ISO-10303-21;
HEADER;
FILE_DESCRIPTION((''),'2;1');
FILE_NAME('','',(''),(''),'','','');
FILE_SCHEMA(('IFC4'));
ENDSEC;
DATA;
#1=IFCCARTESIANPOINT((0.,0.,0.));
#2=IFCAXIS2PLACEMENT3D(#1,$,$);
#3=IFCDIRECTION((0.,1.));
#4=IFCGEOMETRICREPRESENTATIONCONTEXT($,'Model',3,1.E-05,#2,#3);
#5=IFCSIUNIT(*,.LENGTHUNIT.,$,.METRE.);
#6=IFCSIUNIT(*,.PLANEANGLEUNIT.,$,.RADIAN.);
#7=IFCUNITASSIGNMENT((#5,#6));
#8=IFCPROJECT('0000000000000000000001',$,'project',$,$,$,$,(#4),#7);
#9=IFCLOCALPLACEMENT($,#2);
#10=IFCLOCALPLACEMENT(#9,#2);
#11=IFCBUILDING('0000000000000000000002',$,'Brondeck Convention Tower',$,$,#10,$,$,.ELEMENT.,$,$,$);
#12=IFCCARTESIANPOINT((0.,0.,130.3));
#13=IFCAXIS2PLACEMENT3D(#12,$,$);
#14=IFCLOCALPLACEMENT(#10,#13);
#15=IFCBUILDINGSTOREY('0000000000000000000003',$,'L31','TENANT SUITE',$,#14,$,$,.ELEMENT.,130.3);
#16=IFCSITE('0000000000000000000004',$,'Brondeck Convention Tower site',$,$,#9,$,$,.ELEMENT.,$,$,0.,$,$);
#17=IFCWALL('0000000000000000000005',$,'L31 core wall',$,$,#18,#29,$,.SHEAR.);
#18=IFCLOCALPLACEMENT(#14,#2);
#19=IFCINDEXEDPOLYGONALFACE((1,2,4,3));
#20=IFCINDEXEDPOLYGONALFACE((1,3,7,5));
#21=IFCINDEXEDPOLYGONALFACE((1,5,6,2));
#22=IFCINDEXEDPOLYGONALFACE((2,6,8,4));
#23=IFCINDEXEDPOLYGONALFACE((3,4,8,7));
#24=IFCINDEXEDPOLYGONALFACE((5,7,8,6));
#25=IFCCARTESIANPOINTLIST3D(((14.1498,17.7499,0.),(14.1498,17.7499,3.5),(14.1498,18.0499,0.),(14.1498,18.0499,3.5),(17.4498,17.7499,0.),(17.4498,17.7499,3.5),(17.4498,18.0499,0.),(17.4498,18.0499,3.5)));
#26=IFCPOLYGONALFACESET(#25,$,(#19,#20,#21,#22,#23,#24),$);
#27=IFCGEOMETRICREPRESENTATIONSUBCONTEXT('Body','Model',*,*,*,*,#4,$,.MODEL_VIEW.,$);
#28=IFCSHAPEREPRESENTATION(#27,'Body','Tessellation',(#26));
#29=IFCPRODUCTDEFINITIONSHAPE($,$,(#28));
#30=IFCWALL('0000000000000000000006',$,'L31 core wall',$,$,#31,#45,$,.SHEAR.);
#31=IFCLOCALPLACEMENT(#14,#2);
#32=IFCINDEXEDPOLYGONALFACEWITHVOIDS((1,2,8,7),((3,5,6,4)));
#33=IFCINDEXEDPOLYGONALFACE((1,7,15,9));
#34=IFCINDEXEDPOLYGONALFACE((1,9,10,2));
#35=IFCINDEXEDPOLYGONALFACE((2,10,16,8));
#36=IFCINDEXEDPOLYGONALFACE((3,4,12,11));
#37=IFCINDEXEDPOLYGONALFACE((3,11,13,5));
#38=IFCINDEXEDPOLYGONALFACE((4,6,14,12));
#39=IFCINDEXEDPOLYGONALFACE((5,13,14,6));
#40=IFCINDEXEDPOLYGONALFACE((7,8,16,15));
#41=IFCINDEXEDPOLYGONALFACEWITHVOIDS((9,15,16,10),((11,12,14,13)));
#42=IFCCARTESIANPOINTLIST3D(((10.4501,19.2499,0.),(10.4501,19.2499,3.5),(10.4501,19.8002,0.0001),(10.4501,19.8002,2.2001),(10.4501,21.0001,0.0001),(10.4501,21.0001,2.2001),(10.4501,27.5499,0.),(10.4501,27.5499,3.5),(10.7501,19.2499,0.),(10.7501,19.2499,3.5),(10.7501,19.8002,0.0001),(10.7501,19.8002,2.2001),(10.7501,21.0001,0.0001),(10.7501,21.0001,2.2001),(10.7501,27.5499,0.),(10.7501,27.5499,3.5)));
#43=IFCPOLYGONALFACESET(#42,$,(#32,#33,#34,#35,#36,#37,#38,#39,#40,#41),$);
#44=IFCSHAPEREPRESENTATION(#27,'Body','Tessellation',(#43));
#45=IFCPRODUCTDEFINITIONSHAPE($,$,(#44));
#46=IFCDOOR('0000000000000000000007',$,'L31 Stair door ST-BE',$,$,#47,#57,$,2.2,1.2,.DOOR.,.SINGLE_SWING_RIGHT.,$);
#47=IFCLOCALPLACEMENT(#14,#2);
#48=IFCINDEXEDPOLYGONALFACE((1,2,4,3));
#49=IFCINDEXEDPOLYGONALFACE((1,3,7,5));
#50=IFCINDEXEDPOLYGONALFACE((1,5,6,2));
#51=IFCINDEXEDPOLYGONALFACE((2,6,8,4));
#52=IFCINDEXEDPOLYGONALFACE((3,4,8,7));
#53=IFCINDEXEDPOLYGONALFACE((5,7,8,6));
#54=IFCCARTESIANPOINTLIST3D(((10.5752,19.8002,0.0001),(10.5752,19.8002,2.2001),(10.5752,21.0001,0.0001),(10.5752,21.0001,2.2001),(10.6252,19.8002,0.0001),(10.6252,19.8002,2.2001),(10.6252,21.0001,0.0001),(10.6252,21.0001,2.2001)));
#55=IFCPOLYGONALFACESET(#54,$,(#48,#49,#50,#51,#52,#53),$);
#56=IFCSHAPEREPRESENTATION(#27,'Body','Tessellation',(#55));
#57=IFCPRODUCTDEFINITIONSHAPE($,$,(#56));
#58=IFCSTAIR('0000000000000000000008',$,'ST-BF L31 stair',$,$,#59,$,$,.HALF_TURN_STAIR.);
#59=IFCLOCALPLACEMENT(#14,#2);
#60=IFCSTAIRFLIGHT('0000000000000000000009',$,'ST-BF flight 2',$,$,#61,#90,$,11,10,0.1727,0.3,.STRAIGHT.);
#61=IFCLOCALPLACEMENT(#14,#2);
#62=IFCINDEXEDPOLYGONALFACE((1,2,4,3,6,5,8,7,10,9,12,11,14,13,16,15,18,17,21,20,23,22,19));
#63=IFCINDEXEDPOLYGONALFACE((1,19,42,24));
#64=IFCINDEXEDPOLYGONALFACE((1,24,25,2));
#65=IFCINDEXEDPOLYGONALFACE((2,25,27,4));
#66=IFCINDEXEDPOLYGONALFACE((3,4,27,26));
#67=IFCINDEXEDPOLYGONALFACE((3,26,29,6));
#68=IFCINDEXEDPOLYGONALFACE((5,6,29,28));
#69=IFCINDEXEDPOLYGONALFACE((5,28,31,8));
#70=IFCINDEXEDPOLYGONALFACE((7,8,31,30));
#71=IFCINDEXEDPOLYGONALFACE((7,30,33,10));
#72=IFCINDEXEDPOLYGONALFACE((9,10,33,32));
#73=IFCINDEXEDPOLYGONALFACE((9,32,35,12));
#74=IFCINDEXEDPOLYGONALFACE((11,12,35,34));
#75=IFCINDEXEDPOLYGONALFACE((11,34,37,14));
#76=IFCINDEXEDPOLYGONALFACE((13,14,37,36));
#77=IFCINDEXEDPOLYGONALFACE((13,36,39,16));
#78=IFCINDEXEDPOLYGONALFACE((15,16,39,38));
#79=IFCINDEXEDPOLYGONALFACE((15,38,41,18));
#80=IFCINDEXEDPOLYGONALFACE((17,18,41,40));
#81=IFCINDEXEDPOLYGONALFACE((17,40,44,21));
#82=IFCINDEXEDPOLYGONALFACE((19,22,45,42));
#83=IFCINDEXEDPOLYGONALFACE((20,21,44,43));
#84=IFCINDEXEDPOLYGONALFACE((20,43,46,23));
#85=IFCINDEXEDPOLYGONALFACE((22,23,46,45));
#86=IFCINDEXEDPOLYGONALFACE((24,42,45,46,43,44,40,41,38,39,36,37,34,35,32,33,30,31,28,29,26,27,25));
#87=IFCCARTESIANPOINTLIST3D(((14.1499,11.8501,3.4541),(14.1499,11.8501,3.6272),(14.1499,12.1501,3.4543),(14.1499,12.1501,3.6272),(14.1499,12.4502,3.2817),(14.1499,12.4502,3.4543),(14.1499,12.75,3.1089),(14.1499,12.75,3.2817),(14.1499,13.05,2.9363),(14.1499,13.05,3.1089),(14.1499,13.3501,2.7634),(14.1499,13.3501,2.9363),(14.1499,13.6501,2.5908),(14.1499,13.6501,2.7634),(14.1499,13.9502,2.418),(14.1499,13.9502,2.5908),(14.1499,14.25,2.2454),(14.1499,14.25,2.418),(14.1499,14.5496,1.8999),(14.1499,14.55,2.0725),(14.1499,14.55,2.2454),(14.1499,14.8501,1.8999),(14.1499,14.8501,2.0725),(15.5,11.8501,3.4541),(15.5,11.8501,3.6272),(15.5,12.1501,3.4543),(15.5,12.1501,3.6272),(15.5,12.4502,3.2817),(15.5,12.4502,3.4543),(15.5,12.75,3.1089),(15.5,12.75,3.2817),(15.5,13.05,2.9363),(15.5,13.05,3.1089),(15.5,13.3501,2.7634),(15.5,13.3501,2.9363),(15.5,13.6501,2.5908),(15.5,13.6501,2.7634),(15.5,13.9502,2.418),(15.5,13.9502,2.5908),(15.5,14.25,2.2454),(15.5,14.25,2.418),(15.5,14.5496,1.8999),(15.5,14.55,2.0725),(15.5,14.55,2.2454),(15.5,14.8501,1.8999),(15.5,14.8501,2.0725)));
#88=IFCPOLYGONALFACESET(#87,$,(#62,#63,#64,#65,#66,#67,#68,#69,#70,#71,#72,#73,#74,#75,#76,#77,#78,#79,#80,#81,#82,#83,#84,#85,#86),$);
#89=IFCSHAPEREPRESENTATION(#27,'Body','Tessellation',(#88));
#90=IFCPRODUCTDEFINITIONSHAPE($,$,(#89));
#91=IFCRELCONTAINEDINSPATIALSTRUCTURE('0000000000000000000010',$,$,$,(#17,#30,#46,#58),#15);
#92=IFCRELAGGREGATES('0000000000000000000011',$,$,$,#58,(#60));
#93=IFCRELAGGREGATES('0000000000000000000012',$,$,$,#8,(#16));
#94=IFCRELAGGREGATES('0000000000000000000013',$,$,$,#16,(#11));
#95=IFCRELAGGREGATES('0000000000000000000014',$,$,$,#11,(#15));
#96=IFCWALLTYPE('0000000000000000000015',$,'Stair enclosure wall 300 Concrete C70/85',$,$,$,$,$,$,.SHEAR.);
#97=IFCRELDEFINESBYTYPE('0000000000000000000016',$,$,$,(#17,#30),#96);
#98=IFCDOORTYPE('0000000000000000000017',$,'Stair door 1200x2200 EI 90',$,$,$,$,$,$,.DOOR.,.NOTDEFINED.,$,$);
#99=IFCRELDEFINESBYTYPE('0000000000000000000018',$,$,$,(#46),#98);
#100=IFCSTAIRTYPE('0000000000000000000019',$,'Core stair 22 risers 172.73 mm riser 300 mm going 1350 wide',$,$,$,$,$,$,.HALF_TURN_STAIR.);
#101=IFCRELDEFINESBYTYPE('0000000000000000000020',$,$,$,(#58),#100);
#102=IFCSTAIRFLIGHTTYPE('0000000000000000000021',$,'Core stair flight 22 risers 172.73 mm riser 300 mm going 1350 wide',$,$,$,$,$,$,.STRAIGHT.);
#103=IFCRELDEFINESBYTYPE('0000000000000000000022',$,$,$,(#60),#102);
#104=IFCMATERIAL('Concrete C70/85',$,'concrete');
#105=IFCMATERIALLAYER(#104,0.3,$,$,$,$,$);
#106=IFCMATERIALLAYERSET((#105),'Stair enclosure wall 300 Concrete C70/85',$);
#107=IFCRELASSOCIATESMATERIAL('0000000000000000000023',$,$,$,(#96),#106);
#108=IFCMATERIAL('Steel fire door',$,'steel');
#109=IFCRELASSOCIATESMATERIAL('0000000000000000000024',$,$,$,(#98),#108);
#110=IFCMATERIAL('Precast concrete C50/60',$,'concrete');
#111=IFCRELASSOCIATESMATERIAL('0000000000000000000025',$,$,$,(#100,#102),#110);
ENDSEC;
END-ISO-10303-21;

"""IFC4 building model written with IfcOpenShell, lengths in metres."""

from ifc_helpers import new_model, si_unit, direction, frame, frame_2d, origin, place, context, subcontext, project, spatial, polyline, rectangle, outline, extrude, material, layer, layer_set, type_object, element, fill, aggregate, save


model = new_model("IFC4")

# Units and contexts
model_context = context("Model", 3, precision=1e-05, world=origin(), true_north=direction((0.0, 1.0)))
body_context = subcontext(model_context, "Body", "Model", "MODEL_VIEW")
ifc_project = project(units=[si_unit("LENGTHUNIT", "METRE"), si_unit("PLANEANGLEUNIT", "RADIAN")], contexts=[model_context])

# Site, building, storey
site_placement = place(None, origin())
site = spatial("IfcSite", under=ifc_project, at=site_placement, Name="Brondeck Convention Tower site", CompositionType="ELEMENT", RefElevation=0.0)
building_placement = place(site_placement, origin())
building = spatial("IfcBuilding", under=site, at=building_placement, Name="Brondeck Convention Tower", CompositionType="ELEMENT")
storey_placement = place(building_placement, frame((0.0, 0.0, 130.3)))
storey = spatial("IfcBuildingStorey", under=building, at=storey_placement, Name="L31", Description="TENANT SUITE", CompositionType="ELEMENT", Elevation=130.3)

# Shared definitions
ifc_material_1 = material(Name="Concrete C70/85", Category="concrete")

# Wall
ifc_layer_1 = layer(ifc_material_1, 0.3)
ifc_layer_set_1 = layer_set([ifc_layer_1], Name="Stair enclosure wall 300 Concrete C70/85")
wall_type_1 = type_object("IfcWallType", Name="Stair enclosure wall 300 Concrete C70/85", PredefinedType="SHEAR", material=ifc_layer_set_1)
wall_1_placement = place(storey_placement, frame((14.1499, 17.8999, 0.0), z_axis=(0.0, 0.0, 1.0), x_axis=(1.0, 0.0, 0.0)))
element("IfcWall", 1, at=wall_1_placement, inside=storey, type_object=wall_type_1, Name="L31 core wall", PredefinedType="SHEAR", context=body_context, shape_type="SweptSolid", body=[
    extrude(rectangle(XDim=3.3, YDim=0.3, at=frame_2d((1.6499, 0.0))), origin(), (0.0, 0.0, 1.0), 3.5),
])

# Wall, opening, door
wall_2_placement = place(storey_placement, frame((10.6001, 19.25, 0.0), z_axis=(0.0, 0.0, 1.0), x_axis=(0.0, 1.0, 0.0)))
wall_2 = element("IfcWall", 2, at=wall_2_placement, inside=storey, type_object=wall_type_1, Name="L31 core wall", PredefinedType="SHEAR", context=body_context, shape_type="SweptSolid", body=[
    extrude(rectangle(XDim=8.3, YDim=0.3, at=frame_2d((4.1499, 0.0))), origin(), (0.0, 0.0, 1.0), 3.5),
])
opening_1_placement = place(wall_2_placement, frame((0.55, 0.0, 0.0)))
opening_1 = element("IfcOpeningElement", 3, at=opening_1_placement, cuts=wall_2, PredefinedType="OPENING", context=body_context, shape_type="SweptSolid", body=[
    extrude(rectangle(XDim=1.2, YDim=2.2, at=frame_2d((0.6001, 1.1001))), frame((0.0, 0.1599, 0.0), z_axis=(0.0, -1.0, 0.0), x_axis=(1.0, 0.0, 0.0)), (0.0, 0.0, 1.0), 0.3201),
])
ifc_material_2 = material(Name="Steel fire door", Category="steel")
door_type_1 = type_object("IfcDoorType", Name="Stair door 1200x2200 EI 90", OperationType="NOTDEFINED", PredefinedType="DOOR", material=ifc_material_2)
door_1_placement = place(opening_1_placement, origin())
door_1 = element("IfcDoor", 4, at=door_1_placement, inside=storey, type_object=door_type_1, Name="L31 Stair door ST-BE", OperationType="SINGLE_SWING_RIGHT", OverallHeight=2.2, OverallWidth=1.2, PredefinedType="DOOR", context=body_context, shape_type="SweptSolid", body=[
    extrude(rectangle(XDim=1.2, YDim=2.2, at=frame_2d((0.6001, 1.1001))), frame((0.0, 0.0249, 0.0), z_axis=(0.0, -1.0, 0.0), x_axis=(1.0, 0.0, 0.0)), (0.0, 0.0, 1.0), 0.05),
])
fill(opening_1, door_1)

# Stair, stair flight
ifc_material_3 = material(Name="Precast concrete C50/60", Category="concrete")
stair_type = type_object("IfcStairType", Name="Core stair 22 risers 172.73 mm riser 300 mm going 1350 wide", PredefinedType="HALF_TURN_STAIR", material=ifc_material_3)
stair_placement = place(storey_placement, origin())
stair = element("IfcStair", 5, at=stair_placement, inside=storey, type_object=stair_type, Name="ST-BF L31 stair", PredefinedType="HALF_TURN_STAIR")
stair_flight_type = type_object("IfcStairFlightType", Name="Core stair flight 22 risers 172.73 mm riser 300 mm going 1350 wide", PredefinedType="STRAIGHT", material=ifc_material_3)
stair_flight_placement = place(storey_placement, frame((14.825, 14.8501, 1.8999), z_axis=(0.0, 0.0, 1.0), x_axis=(0.0, -1.0, 0.0)))
stair_flight = element("IfcStairFlight", 6, at=stair_flight_placement, type_object=stair_flight_type, Name="ST-BF flight 2", NumberOfRisers=11, NumberOfTreads=10, PredefinedType="STRAIGHT", RiserHeight=0.1727, TreadLength=0.3, context=body_context, shape_type="SweptSolid", body=[
    extrude(outline(polyline([(0.0, 0.0), (0.0, 0.1726), (0.3, 0.1726), (0.3, 0.3455), (0.6001, 0.3455), (0.6001, 0.5181), (0.8999, 0.5181), (0.8999, 0.6909), (1.2, 0.6909), (1.2, 0.8635), (1.5, 0.8635), (1.5, 1.0364), (1.8, 1.0364), (1.8, 1.209), (2.1001, 1.209), (2.1001, 1.3818), (2.3999, 1.3818), (2.3999, 1.5544), (2.7, 1.5544), (2.7, 1.7273), (3.0, 1.7273), (3.0, 1.8999), (3.0, 1.5542), (0.3005, 0.0), (0.0, 0.0)])), frame((0.0, 0.675, 0.0), z_axis=(0.0, -1.0, 0.0), x_axis=(1.0, 0.0, 0.0)), (0.0, 0.0, 1.0), 1.3501),
])
aggregate(stair, [stair_flight])

save(model, "model.ifc")
